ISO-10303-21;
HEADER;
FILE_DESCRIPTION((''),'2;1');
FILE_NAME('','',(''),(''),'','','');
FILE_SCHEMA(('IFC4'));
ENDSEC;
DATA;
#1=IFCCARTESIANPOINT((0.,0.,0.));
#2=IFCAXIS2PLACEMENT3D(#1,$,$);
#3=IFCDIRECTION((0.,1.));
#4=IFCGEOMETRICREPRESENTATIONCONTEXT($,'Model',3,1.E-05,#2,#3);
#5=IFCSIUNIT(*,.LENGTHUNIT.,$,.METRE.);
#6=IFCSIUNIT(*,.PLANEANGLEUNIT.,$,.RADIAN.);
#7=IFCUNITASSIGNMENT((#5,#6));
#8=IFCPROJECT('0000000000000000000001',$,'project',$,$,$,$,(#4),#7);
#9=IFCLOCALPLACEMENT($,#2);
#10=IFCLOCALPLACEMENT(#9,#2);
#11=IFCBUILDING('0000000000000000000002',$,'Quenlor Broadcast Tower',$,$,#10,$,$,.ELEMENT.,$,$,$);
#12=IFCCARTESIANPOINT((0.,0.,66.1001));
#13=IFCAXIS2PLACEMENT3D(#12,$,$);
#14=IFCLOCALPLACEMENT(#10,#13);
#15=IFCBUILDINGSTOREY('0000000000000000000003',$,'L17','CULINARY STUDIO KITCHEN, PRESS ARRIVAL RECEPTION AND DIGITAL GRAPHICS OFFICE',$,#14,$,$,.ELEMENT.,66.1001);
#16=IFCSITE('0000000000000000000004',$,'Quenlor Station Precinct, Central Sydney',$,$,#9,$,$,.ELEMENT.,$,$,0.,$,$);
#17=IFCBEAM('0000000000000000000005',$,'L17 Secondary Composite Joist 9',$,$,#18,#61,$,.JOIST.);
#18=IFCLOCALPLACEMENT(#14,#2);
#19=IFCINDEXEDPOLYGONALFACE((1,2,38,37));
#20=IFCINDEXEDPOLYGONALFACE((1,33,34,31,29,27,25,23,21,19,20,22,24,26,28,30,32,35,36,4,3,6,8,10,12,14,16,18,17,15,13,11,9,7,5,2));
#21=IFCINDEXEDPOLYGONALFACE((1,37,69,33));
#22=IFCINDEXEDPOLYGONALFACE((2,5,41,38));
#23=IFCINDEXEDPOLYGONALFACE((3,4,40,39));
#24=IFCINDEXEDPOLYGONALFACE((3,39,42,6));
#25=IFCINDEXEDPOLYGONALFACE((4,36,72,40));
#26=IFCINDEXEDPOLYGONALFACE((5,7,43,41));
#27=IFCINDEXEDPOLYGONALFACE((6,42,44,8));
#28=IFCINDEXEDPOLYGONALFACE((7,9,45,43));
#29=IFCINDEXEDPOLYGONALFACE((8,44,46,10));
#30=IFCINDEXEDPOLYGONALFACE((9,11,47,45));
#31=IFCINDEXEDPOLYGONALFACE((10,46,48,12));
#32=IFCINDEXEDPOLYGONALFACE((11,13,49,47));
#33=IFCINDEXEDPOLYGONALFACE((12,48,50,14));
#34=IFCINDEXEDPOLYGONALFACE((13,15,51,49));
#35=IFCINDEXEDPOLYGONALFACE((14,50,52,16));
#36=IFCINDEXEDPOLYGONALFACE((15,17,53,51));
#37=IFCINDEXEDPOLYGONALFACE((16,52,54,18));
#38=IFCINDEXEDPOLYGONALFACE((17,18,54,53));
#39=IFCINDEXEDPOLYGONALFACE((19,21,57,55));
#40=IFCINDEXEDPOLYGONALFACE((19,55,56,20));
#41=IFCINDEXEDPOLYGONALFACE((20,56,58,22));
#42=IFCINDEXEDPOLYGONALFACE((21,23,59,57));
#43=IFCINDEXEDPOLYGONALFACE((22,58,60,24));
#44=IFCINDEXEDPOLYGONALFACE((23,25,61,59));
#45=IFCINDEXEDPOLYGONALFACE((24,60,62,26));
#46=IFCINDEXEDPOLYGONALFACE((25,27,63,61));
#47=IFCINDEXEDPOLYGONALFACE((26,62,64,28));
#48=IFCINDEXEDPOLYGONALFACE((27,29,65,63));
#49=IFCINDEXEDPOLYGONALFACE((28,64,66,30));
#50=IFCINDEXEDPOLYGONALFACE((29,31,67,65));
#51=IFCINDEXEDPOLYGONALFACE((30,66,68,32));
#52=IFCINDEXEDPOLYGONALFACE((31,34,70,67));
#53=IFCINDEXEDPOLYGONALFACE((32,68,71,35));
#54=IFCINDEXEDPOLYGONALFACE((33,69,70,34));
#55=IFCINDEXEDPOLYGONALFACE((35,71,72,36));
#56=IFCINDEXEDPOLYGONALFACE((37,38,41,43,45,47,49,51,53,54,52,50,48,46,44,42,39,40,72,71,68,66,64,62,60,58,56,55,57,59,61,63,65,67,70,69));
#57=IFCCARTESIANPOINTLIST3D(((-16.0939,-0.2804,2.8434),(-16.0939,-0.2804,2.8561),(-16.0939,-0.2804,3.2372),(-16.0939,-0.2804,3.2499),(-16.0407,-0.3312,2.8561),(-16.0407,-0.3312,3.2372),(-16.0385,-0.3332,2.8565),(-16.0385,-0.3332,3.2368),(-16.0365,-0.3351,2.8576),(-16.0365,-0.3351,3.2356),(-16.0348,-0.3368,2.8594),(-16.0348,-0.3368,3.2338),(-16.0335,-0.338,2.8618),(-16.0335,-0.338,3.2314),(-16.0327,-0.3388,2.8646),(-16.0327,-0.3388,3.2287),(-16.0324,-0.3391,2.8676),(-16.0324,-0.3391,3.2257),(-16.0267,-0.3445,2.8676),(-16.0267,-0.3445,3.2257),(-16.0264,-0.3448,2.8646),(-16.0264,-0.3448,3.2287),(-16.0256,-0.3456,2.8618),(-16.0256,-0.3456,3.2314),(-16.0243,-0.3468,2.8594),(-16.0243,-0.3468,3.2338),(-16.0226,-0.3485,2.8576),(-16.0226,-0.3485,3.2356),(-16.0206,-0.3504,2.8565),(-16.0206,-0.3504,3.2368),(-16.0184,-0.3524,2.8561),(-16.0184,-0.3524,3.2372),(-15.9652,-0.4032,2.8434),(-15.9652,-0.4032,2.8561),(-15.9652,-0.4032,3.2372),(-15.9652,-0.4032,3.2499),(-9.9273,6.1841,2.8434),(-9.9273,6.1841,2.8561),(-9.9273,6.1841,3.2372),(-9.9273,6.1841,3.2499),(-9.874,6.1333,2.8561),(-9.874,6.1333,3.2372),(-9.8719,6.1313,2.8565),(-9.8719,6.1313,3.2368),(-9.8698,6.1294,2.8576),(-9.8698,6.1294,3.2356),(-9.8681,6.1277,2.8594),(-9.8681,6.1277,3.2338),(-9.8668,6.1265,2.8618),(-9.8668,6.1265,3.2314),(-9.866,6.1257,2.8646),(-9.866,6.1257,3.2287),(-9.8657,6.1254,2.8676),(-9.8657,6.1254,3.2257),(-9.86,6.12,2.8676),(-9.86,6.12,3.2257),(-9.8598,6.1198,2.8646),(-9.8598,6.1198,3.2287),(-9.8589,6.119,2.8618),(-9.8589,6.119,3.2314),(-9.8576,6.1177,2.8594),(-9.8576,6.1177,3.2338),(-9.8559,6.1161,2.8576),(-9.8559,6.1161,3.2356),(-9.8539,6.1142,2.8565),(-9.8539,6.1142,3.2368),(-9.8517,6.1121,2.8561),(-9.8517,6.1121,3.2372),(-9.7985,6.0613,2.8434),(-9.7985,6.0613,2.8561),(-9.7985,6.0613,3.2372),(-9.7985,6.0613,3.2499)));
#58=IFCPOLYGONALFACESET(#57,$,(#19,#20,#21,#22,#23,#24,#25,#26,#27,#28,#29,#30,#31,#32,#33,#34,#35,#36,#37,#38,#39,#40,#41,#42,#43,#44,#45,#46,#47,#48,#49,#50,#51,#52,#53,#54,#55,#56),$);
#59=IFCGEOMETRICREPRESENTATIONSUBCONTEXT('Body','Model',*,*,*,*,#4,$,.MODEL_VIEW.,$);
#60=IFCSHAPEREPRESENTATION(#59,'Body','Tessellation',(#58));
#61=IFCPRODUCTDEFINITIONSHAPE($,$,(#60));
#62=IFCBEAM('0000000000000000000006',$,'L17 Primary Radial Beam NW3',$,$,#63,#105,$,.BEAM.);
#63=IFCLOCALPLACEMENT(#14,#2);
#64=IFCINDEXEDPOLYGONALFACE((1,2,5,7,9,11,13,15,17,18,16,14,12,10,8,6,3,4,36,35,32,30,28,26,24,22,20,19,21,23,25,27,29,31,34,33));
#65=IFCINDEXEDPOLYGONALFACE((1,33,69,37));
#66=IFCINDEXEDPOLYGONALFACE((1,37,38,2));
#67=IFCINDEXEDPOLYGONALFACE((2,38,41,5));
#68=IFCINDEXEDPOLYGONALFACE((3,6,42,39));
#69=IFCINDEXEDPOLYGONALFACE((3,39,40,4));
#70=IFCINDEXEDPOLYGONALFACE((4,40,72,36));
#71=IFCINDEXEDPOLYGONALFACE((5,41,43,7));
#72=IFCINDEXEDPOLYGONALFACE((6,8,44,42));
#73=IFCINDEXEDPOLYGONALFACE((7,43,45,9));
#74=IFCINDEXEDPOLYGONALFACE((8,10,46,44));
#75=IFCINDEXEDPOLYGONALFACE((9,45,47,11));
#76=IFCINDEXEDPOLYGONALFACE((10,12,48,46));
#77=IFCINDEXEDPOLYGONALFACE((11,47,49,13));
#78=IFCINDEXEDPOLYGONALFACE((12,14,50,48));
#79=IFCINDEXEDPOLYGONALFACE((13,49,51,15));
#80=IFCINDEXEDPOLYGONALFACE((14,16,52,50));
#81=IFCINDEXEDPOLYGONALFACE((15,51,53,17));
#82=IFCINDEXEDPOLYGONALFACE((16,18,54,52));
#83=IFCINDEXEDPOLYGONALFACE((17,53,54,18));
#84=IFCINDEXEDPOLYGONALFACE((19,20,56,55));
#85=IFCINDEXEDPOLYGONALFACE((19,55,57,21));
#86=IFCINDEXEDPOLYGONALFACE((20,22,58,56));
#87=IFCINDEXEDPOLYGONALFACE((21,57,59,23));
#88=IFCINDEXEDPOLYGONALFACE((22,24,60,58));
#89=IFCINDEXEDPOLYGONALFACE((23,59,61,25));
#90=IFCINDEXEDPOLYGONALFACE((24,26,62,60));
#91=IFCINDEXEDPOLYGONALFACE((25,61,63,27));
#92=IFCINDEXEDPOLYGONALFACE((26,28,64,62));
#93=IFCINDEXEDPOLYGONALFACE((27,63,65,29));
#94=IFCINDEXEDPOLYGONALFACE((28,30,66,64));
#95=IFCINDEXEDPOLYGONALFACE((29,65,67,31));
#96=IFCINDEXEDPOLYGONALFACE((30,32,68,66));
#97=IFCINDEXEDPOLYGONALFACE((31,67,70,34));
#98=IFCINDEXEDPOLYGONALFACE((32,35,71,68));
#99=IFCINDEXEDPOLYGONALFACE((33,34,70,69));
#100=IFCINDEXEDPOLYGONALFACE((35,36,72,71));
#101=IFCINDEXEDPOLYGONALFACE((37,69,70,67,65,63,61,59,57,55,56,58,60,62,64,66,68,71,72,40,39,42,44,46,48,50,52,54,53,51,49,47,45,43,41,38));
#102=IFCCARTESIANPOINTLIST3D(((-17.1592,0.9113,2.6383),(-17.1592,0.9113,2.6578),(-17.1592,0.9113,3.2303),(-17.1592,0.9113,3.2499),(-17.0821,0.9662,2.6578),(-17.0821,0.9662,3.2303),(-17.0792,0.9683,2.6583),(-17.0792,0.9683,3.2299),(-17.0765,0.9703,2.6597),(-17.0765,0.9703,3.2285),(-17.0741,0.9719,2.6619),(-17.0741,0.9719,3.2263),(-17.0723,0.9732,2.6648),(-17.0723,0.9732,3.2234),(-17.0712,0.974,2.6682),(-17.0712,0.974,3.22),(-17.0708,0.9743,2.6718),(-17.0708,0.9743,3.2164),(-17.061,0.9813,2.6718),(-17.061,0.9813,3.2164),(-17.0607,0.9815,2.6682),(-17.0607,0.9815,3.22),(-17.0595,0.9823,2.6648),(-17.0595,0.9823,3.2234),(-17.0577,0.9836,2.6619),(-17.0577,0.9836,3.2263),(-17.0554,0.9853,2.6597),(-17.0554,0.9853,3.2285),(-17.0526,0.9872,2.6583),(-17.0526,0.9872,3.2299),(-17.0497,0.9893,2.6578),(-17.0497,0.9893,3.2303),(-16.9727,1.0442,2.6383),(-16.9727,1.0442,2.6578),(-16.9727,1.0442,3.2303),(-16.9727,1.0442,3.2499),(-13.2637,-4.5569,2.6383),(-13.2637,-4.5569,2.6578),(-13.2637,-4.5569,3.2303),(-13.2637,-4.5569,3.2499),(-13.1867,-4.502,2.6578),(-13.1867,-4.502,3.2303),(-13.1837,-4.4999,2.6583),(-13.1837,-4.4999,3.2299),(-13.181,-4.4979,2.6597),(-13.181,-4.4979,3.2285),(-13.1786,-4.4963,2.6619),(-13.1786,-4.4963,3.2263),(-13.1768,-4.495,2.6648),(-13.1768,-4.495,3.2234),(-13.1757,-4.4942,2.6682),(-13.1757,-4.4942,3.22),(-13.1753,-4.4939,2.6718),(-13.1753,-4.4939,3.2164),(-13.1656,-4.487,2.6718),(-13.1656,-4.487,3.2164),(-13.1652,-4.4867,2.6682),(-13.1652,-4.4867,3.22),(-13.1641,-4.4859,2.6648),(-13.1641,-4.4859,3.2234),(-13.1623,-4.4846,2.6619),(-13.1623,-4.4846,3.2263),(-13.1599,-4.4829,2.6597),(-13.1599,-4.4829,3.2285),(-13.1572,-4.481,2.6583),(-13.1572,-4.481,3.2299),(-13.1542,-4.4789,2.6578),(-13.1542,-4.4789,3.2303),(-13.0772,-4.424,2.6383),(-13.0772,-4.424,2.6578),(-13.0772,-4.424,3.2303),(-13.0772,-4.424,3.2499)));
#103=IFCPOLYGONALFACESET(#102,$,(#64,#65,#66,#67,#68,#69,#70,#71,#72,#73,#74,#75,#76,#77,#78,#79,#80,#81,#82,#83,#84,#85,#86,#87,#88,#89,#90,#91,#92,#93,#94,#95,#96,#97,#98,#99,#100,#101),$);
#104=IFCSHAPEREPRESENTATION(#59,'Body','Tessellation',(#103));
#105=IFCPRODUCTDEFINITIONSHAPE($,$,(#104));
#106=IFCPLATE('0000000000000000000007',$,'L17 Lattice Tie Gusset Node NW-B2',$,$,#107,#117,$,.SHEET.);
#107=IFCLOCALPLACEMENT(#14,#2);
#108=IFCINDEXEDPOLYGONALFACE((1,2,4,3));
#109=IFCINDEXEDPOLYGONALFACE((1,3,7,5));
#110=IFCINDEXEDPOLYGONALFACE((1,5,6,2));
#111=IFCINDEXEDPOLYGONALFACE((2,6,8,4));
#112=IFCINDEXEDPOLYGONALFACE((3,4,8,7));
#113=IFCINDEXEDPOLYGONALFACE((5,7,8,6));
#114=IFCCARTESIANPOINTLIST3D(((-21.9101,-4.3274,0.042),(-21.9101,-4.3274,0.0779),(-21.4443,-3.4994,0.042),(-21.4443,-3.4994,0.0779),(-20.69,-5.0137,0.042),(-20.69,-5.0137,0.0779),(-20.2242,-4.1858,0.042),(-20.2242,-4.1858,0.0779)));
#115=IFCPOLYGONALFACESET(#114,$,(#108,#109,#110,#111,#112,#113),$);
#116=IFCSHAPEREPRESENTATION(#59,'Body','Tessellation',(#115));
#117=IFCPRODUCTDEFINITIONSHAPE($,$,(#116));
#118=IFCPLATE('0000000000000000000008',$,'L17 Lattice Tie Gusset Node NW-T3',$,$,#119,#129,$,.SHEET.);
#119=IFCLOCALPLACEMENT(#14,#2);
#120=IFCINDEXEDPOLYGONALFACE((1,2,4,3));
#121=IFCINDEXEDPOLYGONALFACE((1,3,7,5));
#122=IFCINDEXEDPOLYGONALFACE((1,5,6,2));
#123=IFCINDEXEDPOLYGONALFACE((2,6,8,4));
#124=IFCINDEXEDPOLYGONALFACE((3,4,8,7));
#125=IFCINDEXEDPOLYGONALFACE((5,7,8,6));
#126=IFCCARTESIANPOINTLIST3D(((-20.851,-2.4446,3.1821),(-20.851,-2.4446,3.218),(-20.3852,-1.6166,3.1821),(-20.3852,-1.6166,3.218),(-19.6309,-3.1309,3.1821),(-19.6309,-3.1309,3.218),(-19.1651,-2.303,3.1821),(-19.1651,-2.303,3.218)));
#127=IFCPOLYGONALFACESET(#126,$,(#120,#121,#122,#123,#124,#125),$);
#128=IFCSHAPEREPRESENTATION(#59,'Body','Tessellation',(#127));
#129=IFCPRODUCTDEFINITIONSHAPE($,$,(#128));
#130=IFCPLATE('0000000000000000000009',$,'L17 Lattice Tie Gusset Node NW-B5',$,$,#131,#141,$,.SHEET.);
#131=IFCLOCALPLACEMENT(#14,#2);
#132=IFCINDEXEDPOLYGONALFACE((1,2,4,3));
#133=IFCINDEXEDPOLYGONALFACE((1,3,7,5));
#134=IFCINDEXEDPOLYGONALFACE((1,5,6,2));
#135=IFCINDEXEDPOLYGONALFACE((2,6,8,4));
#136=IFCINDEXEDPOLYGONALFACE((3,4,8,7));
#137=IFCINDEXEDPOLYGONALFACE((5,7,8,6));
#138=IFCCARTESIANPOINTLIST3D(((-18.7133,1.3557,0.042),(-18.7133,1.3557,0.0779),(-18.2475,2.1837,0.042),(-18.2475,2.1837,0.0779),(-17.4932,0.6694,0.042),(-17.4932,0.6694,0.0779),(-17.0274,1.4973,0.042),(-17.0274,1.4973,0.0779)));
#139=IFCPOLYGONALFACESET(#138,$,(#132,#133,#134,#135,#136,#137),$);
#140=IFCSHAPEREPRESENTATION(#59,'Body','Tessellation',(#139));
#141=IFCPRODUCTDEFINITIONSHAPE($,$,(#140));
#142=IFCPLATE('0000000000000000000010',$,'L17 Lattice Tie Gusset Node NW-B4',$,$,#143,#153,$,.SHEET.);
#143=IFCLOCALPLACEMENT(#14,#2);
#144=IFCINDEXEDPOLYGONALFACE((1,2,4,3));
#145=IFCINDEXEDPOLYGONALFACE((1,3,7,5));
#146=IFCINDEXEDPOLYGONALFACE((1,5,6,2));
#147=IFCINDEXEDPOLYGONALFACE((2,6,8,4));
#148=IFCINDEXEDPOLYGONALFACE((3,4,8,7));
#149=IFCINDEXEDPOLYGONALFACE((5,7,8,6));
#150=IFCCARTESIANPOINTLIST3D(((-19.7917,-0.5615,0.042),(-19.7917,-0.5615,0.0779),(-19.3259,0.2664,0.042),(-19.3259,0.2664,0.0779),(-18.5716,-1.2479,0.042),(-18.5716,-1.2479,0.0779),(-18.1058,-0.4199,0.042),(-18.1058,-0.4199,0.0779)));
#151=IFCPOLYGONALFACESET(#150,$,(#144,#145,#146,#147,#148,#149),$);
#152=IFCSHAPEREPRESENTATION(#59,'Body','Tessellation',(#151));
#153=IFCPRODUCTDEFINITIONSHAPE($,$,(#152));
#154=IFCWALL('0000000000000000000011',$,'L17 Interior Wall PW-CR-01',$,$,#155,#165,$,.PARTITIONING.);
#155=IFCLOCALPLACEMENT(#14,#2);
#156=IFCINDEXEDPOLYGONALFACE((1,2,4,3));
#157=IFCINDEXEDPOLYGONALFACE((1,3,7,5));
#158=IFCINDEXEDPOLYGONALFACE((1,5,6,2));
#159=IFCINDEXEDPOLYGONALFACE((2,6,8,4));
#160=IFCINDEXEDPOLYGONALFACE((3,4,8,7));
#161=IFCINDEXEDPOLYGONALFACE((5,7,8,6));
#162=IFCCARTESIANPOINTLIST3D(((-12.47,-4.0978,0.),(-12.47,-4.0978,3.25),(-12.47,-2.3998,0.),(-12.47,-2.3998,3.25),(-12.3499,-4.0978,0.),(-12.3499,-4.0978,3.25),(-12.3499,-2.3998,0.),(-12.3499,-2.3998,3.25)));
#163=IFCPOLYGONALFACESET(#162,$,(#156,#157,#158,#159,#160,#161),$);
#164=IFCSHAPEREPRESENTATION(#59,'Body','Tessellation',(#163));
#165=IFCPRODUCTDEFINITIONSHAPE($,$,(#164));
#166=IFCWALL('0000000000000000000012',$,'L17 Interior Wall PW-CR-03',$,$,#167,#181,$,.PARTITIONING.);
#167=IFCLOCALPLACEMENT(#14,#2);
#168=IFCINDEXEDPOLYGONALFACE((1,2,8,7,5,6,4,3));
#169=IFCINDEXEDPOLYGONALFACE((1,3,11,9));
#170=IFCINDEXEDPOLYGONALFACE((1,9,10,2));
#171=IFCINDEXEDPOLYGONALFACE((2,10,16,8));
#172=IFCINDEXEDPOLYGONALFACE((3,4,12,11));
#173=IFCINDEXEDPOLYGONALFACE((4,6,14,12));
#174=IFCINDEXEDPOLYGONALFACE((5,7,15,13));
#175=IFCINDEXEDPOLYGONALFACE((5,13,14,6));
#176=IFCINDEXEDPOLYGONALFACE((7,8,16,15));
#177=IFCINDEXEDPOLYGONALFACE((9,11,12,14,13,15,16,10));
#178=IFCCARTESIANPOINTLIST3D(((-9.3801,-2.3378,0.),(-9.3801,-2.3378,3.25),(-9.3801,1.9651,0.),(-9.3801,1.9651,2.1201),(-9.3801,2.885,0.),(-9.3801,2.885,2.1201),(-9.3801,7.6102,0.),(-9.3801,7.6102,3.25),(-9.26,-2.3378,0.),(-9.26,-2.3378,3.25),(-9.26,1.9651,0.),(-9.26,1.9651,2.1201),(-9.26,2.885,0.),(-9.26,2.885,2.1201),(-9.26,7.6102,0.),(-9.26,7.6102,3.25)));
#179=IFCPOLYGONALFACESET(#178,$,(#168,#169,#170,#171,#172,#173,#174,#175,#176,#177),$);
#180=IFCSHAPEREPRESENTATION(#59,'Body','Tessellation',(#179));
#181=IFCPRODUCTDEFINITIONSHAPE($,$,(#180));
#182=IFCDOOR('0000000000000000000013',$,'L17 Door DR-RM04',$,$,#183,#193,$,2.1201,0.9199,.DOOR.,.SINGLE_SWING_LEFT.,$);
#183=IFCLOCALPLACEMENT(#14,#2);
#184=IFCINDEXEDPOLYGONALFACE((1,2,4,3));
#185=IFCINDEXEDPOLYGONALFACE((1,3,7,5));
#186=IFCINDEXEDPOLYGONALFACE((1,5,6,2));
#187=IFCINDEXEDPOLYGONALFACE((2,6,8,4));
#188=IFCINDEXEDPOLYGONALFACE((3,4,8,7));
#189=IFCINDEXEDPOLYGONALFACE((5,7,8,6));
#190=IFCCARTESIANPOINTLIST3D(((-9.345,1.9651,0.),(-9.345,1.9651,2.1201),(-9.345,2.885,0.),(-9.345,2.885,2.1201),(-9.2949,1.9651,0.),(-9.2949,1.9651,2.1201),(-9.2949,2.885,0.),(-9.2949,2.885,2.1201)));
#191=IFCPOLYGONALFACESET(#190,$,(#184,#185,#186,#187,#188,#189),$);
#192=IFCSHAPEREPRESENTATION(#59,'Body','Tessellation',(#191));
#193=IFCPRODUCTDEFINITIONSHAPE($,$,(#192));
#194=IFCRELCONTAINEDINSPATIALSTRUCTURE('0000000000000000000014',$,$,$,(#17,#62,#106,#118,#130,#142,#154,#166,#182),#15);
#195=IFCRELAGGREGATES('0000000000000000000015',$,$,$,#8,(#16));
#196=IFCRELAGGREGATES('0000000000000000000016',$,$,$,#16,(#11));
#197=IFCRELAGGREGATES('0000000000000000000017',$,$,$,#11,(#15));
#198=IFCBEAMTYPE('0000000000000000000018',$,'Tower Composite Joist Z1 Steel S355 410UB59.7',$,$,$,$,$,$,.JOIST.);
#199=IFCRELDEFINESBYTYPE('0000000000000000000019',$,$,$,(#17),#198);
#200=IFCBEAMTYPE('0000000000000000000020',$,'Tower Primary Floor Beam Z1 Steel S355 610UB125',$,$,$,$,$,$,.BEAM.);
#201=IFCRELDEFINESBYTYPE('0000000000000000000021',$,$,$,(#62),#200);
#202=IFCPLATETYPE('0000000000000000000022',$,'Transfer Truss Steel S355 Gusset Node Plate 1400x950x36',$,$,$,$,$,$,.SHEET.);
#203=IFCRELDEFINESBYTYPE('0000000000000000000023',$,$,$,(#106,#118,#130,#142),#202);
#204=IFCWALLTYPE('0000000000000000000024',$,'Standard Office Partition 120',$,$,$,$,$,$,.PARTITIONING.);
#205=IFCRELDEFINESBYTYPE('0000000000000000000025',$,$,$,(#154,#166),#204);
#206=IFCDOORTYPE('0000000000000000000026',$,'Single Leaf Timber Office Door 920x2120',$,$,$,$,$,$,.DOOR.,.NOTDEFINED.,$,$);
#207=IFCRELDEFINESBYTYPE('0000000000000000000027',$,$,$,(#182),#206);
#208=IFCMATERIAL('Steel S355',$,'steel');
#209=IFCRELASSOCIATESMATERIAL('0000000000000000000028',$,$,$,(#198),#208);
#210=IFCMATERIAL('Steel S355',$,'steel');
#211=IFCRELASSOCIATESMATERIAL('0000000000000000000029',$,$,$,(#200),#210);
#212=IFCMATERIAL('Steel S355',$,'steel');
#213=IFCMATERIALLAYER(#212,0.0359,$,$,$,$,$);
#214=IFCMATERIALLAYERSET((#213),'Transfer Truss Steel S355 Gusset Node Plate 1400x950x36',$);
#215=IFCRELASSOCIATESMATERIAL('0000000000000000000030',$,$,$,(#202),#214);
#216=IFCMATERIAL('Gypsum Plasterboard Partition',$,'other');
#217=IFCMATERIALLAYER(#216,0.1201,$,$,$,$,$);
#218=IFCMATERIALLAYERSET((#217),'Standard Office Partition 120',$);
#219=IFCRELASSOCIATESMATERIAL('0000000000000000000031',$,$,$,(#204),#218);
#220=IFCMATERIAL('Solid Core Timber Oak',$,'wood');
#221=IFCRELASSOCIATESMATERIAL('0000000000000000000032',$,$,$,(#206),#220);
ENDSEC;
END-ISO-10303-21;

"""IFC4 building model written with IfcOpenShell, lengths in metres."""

from ifc_helpers import new_model, si_unit, direction, frame, frame_2d, origin, origin_2d, place, context, subcontext, project, spatial, rectangle, i_section, extrude, material, layer, layer_set, material_profile, profile_set, type_object, element, fill, save


model = new_model("IFC4")

# Units and contexts
model_context = context("Model", 3, precision=1e-05, world=origin(), true_north=direction((0.0, 1.0)))
body_context = subcontext(model_context, "Body", "Model", "MODEL_VIEW")
ifc_project = project(units=[si_unit("LENGTHUNIT", "METRE"), si_unit("PLANEANGLEUNIT", "RADIAN")], contexts=[model_context])

# Site, building, storey
site_placement = place(None, origin())
site = spatial("IfcSite", under=ifc_project, at=site_placement, Name="Quenlor Station Precinct, Central Sydney", CompositionType="ELEMENT", RefElevation=0.0)
building_placement = place(site_placement, origin())
building = spatial("IfcBuilding", under=site, at=building_placement, Name="Quenlor Broadcast Tower", CompositionType="ELEMENT")
storey_placement = place(building_placement, frame((0.0, 0.0, 66.1001)))
storey = spatial("IfcBuildingStorey", under=building, at=storey_placement, Name="L17", Description="CULINARY STUDIO KITCHEN, PRESS ARRIVAL RECEPTION AND DIGITAL GRAPHICS OFFICE", CompositionType="ELEMENT", Elevation=66.1001)

# Beams
ifc_material_1 = material(Name="Steel S355", Category="steel")
ifc_material_profile_1 = material_profile(ifc_material_1, i_section(OverallWidth=0.178, OverallDepth=0.4065, WebThickness=0.0078, FlangeThickness=0.0127, FilletRadius=0.0115, at=origin_2d()))
ifc_profile_set_1 = profile_set([ifc_material_profile_1], Name="Steel S355 410UB59.7")
beam_type_1 = type_object("IfcBeamType", Name="Tower Composite Joist Z1 Steel S355 410UB59.7", PredefinedType="JOIST", material=ifc_profile_set_1)
beam_1_placement = place(storey_placement, frame((-16.0295, -0.3418, 3.0466), z_axis=(0.690241, 0.723579, 0.0), x_axis=(-0.723579, 0.690241, 0.0)))
element("IfcBeam", 1, at=beam_1_placement, inside=storey, type_object=beam_type_1, Name="L17 Secondary Composite Joist 9", PredefinedType="JOIST", context=body_context, shape_type="SweptSolid", body=[
    extrude(i_section(OverallWidth=0.178, OverallDepth=0.4065, WebThickness=0.0078, FlangeThickness=0.0127, FilletRadius=0.0115, at=origin_2d()), origin(), (0.0, 0.0, 1.0), 8.9341),
])
ifc_material_2 = material(Name="Steel S355", Category="steel")
ifc_material_profile_2 = material_profile(ifc_material_2, i_section(OverallWidth=0.229, OverallDepth=0.6116, WebThickness=0.012, FlangeThickness=0.0195, FilletRadius=0.0139, at=origin_2d()))
ifc_profile_set_2 = profile_set([ifc_material_profile_2], Name="Steel S355 610UB125")
beam_type_2 = type_object("IfcBeamType", Name="Tower Primary Floor Beam Z1 Steel S355 610UB125", PredefinedType="BEAM", material=ifc_profile_set_2)
beam_2_placement = place(storey_placement, frame((-17.0659, 0.9778, 2.9441), z_axis=(0.580213, -0.814465, 0.0), x_axis=(0.814465, 0.580213, 0.0)))
element("IfcBeam", 2, at=beam_2_placement, inside=storey, type_object=beam_type_2, Name="L17 Primary Radial Beam NW3", PredefinedType="BEAM", context=body_context, shape_type="SweptSolid", body=[
    extrude(i_section(OverallWidth=0.229, OverallDepth=0.6116, WebThickness=0.012, FlangeThickness=0.0195, FilletRadius=0.0139, at=origin_2d()), origin(), (0.0, 0.0, 1.0), 6.7139),
])

# Plates
ifc_material_3 = material(Name="Steel S355", Category="steel")
ifc_layer_1 = layer(ifc_material_3, 0.0359)
ifc_layer_set_1 = layer_set([ifc_layer_1], Name="Transfer Truss Steel S355 Gusset Node Plate 1400x950x36")
plate_type = type_object("IfcPlateType", Name="Transfer Truss Steel S355 Gusset Node Plate 1400x950x36", PredefinedType="SHEET", material=ifc_layer_set_1)
for number, where, z_axis, x_axis, name in (
    (3, (-21.0671, -4.2566, 0.042), (0.0, 0.0, 1.0), (-0.871556, 0.490295, 0.0), "L17 Lattice Tie Gusset Node NW-B2"),
    (4, (-20.0081, -2.3738, 3.1821), (0.0, 0.0, 1.0), (-0.871556, 0.490295, 0.0), "L17 Lattice Tie Gusset Node NW-T3"),
    (5, (-17.8704, 1.4265, 0.042), (0.0, 0.0, 1.0), (-0.871556, 0.490295, 0.0), "L17 Lattice Tie Gusset Node NW-B5"),
    (6, (-18.9487, -0.4907, 0.042), (0.0, 0.0, 1.0), (-0.871556, 0.490295, 0.0), "L17 Lattice Tie Gusset Node NW-B4"),
):
    element("IfcPlate", number, at=place(storey_placement, frame(where, z_axis=z_axis, x_axis=x_axis)), inside=storey, type_object=plate_type, Name=name, PredefinedType="SHEET", context=body_context, shape_type="SweptSolid", body=[
        extrude(rectangle(XDim=1.3999, YDim=0.95, at=origin_2d()), origin(), (0.0, 0.0, 1.0), 0.0359),
    ])

# Shared definitions
ifc_material_4 = material(Name="Gypsum Plasterboard Partition", Category="other")
ifc_layer_2 = layer(ifc_material_4, 0.1201)
ifc_layer_set_2 = layer_set([ifc_layer_2], Name="Standard Office Partition 120")
wall_type_1 = type_object("IfcWallType", Name="Standard Office Partition 120", PredefinedType="PARTITIONING", material=ifc_layer_set_2)

# Wall
wall_1_placement = place(storey_placement, frame((-12.4099, -4.0979, 0.0), z_axis=(0.0, 0.0, 1.0), x_axis=(0.0, 1.0, 0.0)))
element("IfcWall", 7, at=wall_1_placement, inside=storey, type_object=wall_type_1, Name="L17 Interior Wall PW-CR-01", PredefinedType="PARTITIONING", context=body_context, shape_type="SweptSolid", body=[
    extrude(rectangle(XDim=1.698, YDim=0.1201, at=frame_2d((0.8491, 0.0))), origin(), (0.0, 0.0, 1.0), 3.25),
])

# Wall, opening, door
ifc_material_5 = material(Name="Solid Core Timber Oak", Category="wood")
door_type_1 = type_object("IfcDoorType", Name="Single Leaf Timber Office Door 920x2120", OperationType="NOTDEFINED", PredefinedType="DOOR", material=ifc_material_5)
wall_2_placement = place(storey_placement, frame((-9.3201, -2.3379, 0.0), z_axis=(0.0, 0.0, 1.0), x_axis=(0.0, 1.0, 0.0)))
wall_2 = element("IfcWall", 8, at=wall_2_placement, inside=storey, type_object=wall_type_1, Name="L17 Interior Wall PW-CR-03", PredefinedType="PARTITIONING", context=body_context, shape_type="SweptSolid", body=[
    extrude(rectangle(XDim=9.948, YDim=0.1201, at=frame_2d((4.9741, 0.0))), origin(), (0.0, 0.0, 1.0), 3.25),
])
opening_1_placement = place(wall_2_placement, frame((4.303, 0.0, 0.0)))
opening_1 = element("IfcOpeningElement", 9, at=opening_1_placement, cuts=wall_2, PredefinedType="OPENING", context=body_context, shape_type="SweptSolid", body=[
    extrude(rectangle(XDim=0.9199, YDim=2.1201, at=frame_2d((0.46, 1.0601))), frame((0.0, 0.0701, 0.0), z_axis=(0.0, -1.0, 0.0), x_axis=(1.0, 0.0, 0.0)), (0.0, 0.0, 1.0), 0.1401),
])
door_1_placement = place(opening_1_placement, origin())
door_1 = element("IfcDoor", 10, at=door_1_placement, inside=storey, type_object=door_type_1, Name="L17 Door DR-RM04", OperationType="SINGLE_SWING_LEFT", OverallHeight=2.1201, OverallWidth=0.9199, PredefinedType="DOOR", context=body_context, shape_type="SweptSolid", body=[
    extrude(rectangle(XDim=0.9199, YDim=2.1201, at=frame_2d((0.46, 1.0601))), frame((0.0, 0.0249, 0.0), z_axis=(0.0, -1.0, 0.0), x_axis=(1.0, 0.0, 0.0)), (0.0, 0.0, 1.0), 0.05),
])
fill(opening_1, door_1)

save(model, "model.ifc")
